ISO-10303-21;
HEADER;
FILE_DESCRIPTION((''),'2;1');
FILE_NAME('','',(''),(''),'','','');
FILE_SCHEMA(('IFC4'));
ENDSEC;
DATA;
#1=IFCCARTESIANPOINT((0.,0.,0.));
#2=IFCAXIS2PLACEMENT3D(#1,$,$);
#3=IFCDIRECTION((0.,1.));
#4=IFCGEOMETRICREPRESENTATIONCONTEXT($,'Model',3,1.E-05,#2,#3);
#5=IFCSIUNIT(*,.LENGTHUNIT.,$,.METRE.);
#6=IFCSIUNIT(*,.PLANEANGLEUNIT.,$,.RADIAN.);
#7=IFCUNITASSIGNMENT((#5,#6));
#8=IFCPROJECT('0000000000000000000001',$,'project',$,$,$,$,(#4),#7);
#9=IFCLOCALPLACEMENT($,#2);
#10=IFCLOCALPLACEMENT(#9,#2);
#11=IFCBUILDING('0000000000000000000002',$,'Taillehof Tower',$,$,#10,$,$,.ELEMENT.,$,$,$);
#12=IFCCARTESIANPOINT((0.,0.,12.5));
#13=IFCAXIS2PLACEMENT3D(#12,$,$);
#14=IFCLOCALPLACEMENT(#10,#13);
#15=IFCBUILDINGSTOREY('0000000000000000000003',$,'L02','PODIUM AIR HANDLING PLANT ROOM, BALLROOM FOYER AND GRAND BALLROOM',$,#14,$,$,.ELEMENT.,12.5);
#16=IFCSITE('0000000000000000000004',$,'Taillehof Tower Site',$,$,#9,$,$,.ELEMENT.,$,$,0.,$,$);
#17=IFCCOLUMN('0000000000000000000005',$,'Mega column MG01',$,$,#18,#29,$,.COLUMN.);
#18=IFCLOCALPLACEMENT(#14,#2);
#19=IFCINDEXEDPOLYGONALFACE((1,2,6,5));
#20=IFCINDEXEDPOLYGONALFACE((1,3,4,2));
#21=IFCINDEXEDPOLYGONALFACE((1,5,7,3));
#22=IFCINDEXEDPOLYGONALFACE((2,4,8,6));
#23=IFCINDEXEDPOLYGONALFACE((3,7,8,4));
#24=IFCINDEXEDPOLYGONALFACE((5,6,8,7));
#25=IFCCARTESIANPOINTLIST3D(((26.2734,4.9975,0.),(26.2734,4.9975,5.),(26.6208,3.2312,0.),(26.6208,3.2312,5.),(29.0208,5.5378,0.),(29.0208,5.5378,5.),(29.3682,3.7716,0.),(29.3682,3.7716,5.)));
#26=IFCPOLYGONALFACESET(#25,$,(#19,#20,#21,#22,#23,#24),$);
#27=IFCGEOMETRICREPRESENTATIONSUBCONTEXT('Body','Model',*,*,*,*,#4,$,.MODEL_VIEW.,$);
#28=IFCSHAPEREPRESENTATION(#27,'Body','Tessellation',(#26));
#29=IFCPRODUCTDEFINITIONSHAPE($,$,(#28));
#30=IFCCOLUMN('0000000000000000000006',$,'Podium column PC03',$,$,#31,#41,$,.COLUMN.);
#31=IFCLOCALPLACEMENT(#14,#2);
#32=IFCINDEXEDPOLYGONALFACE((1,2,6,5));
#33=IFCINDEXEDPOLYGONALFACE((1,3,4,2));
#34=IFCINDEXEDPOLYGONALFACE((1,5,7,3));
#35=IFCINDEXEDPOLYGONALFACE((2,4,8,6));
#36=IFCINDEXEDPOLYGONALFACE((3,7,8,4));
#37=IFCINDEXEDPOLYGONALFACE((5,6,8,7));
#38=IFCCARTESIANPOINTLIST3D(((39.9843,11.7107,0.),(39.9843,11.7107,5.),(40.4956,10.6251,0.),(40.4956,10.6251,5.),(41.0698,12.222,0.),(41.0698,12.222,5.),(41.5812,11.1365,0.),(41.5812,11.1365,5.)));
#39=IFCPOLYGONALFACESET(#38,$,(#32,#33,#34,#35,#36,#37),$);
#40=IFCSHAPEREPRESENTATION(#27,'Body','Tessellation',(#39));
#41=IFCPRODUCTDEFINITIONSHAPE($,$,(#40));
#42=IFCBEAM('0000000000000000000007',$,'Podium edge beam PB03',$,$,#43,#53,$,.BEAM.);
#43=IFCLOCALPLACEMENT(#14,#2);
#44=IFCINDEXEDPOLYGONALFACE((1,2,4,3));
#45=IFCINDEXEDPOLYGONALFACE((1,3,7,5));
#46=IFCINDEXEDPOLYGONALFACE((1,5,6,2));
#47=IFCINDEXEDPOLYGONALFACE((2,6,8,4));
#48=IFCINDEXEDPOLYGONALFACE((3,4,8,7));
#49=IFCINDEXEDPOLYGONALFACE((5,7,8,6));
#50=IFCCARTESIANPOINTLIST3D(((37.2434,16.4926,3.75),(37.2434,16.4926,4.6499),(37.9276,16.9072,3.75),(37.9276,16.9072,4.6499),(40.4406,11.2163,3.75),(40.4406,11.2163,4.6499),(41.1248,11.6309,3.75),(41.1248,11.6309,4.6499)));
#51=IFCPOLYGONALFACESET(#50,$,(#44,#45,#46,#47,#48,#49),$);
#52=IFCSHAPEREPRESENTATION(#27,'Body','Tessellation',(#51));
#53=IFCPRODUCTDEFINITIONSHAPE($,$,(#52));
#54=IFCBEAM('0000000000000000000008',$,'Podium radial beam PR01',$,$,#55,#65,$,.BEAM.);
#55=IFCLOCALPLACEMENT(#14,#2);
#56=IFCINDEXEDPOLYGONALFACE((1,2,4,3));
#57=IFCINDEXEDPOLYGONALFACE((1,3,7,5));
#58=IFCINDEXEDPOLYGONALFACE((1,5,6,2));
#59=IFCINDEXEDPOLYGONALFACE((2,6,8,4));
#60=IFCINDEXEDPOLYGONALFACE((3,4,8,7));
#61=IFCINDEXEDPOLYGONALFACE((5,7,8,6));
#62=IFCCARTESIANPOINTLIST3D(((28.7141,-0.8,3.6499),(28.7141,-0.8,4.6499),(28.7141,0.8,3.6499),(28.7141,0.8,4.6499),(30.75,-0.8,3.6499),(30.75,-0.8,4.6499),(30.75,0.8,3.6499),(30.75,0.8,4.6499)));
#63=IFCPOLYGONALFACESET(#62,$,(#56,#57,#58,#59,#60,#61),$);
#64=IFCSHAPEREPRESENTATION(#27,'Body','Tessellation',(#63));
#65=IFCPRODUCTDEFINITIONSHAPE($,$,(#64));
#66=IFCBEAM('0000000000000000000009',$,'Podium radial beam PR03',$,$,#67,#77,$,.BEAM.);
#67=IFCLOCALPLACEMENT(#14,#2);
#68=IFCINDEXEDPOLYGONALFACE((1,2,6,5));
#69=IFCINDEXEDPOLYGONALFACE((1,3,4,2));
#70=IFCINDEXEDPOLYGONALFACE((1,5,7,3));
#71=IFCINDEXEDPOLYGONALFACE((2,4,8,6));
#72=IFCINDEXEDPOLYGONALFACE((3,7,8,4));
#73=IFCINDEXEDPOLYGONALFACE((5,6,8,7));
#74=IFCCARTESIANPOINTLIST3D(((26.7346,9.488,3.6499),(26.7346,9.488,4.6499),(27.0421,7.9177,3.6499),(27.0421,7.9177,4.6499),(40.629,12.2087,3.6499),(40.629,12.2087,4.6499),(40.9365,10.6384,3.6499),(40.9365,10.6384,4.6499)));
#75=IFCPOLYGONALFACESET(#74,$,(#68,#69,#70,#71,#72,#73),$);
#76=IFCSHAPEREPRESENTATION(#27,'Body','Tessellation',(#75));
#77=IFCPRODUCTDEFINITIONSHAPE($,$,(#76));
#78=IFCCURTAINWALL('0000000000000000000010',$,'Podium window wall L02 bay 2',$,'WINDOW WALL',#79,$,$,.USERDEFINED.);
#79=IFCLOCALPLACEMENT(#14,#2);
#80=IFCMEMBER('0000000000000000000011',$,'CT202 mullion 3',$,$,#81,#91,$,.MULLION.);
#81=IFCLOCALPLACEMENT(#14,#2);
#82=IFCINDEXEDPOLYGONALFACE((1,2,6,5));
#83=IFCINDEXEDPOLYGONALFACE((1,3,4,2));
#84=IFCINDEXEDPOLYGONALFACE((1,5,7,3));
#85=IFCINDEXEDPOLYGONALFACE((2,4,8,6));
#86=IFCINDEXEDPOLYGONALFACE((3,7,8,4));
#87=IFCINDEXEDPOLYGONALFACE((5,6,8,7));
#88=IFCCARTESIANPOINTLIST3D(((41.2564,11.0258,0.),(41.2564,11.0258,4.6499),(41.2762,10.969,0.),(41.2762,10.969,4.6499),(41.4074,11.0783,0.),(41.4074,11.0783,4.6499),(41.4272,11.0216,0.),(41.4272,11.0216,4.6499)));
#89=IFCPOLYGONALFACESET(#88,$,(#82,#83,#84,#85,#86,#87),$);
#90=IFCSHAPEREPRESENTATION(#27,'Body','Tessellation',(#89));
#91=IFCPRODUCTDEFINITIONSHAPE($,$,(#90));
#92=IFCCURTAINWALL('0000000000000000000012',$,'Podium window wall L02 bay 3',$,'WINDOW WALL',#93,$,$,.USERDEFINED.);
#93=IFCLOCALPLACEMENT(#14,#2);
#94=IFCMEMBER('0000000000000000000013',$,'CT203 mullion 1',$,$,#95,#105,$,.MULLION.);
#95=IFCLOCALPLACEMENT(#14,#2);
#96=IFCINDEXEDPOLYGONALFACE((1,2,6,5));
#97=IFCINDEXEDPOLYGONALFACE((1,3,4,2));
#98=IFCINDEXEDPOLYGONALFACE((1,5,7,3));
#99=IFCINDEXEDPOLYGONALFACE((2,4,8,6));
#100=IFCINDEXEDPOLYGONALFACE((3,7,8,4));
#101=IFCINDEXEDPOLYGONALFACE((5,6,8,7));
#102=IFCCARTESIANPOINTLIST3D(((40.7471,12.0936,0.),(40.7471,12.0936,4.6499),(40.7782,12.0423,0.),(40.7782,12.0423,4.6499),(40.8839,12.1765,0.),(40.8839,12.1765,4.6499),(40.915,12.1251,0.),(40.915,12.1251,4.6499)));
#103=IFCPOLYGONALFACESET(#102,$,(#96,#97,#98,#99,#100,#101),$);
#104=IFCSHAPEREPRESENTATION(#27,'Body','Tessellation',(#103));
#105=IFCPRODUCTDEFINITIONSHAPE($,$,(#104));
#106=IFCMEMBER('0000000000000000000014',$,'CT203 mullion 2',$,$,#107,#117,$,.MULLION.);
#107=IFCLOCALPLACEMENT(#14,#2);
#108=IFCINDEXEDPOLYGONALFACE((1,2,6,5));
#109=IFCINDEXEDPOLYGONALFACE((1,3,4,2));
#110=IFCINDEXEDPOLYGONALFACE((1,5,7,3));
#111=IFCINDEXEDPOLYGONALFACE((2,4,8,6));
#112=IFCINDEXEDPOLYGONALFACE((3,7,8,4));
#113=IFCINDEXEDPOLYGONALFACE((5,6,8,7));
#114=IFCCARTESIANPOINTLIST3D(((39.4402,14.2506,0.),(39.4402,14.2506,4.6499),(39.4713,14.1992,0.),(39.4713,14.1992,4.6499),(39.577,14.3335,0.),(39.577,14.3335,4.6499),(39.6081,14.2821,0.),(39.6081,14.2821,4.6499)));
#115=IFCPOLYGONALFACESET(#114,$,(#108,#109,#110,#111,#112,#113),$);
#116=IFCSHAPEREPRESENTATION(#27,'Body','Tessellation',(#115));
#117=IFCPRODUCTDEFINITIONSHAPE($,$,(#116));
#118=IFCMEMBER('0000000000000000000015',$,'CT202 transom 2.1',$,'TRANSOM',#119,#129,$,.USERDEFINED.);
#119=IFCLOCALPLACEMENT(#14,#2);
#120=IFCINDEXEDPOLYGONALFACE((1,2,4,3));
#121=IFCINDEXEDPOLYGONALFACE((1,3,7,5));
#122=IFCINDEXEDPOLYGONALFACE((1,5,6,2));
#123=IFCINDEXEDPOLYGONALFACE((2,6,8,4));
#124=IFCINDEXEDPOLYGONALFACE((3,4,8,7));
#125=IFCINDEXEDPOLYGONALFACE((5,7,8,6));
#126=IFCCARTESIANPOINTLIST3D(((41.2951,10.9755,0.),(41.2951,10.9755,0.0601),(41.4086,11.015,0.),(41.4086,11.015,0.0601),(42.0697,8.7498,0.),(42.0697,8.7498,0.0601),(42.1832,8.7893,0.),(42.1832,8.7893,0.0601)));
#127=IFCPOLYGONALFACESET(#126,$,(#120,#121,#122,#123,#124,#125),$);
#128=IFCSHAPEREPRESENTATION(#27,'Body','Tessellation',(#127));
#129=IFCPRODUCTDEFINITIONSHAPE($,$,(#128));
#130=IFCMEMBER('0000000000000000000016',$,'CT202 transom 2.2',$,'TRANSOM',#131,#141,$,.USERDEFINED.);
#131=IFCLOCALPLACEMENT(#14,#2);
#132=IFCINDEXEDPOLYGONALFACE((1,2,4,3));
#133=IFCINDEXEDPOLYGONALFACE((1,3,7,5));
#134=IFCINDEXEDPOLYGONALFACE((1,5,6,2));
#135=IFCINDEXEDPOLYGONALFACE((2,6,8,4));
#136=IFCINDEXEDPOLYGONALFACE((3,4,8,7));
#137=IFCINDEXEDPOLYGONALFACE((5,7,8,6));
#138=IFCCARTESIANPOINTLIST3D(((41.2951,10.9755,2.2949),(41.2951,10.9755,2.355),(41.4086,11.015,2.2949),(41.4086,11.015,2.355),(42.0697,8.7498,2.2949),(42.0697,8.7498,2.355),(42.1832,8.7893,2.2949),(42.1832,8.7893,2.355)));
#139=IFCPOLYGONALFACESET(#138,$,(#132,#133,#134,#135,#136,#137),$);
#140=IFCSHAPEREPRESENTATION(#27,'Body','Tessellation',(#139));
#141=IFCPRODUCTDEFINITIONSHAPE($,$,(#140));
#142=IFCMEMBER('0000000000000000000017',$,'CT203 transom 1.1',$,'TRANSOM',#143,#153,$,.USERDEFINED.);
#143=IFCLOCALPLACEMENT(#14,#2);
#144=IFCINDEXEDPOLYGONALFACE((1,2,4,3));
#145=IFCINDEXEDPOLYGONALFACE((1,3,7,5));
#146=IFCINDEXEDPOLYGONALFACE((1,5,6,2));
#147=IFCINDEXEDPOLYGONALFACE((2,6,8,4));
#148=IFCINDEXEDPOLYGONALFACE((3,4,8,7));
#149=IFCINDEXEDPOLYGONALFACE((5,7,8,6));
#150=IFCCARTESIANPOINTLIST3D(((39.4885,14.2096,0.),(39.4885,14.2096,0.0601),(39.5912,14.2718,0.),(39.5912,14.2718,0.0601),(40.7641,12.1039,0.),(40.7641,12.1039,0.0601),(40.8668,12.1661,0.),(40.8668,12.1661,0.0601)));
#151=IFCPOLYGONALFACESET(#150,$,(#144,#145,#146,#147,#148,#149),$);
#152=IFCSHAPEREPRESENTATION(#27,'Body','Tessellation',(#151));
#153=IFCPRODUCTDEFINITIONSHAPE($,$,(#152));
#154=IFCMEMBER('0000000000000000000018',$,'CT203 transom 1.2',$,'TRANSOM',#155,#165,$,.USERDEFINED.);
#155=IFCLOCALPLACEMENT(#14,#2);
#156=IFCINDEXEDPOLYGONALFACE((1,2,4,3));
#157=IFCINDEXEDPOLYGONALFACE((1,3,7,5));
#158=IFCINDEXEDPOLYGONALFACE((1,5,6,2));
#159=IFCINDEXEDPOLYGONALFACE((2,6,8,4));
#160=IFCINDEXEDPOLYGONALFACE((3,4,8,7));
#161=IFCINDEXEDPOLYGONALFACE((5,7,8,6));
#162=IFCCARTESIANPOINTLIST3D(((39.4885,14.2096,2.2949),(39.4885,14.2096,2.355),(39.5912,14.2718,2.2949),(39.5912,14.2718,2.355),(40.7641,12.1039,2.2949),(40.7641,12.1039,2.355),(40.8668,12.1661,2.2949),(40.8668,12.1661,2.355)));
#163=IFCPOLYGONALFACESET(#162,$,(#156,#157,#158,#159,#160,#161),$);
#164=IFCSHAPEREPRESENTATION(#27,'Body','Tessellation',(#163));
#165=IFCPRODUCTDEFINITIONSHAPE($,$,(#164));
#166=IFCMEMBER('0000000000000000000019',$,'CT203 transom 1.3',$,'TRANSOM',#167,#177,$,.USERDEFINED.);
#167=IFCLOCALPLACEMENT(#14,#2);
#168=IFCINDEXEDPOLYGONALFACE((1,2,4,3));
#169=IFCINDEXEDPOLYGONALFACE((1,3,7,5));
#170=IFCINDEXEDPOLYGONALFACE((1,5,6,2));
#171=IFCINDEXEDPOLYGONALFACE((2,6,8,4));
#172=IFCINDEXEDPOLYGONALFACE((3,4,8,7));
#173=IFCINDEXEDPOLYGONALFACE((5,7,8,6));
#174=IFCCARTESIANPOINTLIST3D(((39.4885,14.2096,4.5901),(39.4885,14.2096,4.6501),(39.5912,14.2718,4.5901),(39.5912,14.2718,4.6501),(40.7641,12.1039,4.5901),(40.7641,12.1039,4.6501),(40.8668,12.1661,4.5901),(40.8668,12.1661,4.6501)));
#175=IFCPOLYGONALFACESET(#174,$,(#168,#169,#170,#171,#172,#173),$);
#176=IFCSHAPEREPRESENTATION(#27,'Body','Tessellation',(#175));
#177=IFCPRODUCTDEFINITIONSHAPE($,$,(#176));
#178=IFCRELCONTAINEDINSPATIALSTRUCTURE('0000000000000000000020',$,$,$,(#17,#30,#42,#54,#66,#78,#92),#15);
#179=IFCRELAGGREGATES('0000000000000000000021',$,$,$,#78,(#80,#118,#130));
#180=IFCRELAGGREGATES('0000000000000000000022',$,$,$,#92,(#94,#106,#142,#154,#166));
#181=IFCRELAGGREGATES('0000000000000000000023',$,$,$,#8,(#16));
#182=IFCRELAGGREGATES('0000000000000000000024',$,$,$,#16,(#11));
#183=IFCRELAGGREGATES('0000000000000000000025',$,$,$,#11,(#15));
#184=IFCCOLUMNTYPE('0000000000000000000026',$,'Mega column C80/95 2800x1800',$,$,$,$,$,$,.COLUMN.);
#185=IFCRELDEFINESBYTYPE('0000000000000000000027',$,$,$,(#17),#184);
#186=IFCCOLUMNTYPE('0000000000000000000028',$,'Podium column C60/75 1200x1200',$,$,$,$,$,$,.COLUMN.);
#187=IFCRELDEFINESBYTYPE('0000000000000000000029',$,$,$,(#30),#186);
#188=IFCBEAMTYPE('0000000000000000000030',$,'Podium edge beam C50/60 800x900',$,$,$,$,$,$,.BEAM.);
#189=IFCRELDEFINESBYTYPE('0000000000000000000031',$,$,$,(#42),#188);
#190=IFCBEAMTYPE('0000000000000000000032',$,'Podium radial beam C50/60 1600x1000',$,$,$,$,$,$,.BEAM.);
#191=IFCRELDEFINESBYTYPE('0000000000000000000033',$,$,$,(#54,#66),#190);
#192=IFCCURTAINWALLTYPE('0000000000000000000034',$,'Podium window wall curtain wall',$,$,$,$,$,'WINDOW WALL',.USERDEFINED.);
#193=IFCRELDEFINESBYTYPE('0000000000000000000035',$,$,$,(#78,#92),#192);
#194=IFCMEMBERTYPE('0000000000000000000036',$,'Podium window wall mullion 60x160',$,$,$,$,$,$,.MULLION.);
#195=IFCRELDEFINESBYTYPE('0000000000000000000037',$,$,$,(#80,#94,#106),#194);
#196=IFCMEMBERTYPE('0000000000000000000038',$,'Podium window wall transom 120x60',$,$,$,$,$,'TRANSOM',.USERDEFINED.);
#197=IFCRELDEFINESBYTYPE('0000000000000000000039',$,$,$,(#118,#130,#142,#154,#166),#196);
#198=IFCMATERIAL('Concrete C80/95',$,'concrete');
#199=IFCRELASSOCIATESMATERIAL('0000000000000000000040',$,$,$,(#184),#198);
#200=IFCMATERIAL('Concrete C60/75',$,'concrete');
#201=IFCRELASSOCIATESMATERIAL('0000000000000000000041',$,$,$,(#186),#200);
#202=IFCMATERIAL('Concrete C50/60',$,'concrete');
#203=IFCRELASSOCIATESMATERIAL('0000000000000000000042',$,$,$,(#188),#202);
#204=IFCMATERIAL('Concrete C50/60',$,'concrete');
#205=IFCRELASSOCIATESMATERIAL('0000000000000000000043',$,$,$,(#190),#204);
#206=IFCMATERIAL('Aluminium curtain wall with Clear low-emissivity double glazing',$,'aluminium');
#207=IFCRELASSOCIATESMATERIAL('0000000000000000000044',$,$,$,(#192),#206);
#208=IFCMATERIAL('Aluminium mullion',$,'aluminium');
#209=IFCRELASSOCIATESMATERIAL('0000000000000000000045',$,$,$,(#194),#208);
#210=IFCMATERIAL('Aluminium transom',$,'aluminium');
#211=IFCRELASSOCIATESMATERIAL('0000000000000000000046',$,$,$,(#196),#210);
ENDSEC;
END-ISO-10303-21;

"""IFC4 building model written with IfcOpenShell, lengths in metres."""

from ifc_helpers import new_model, si_unit, direction, frame, origin, origin_2d, place, context, subcontext, project, spatial, rectangle, extrude, material, material_profile, profile_set, type_object, element, aggregate, save


model = new_model("IFC4")

# Units and contexts
model_context = context("Model", 3, precision=1e-05, world=origin(), true_north=direction((0.0, 1.0)))
body_context = subcontext(model_context, "Body", "Model", "MODEL_VIEW")
ifc_project = project(units=[si_unit("LENGTHUNIT", "METRE"), si_unit("PLANEANGLEUNIT", "RADIAN")], contexts=[model_context])

# Site, building, storey
site_placement = place(None, origin())
site = spatial("IfcSite", under=ifc_project, at=site_placement, Name="Taillehof Tower Site", CompositionType="ELEMENT", RefElevation=0.0)
building_placement = place(site_placement, origin())
building = spatial("IfcBuilding", under=site, at=building_placement, Name="Taillehof Tower", CompositionType="ELEMENT")
storey_placement = place(building_placement, frame((0.0, 0.0, 12.5)))
storey = spatial("IfcBuildingStorey", under=building, at=storey_placement, Name="L02", Description="PODIUM AIR HANDLING PLANT ROOM, BALLROOM FOYER AND GRAND BALLROOM", CompositionType="ELEMENT", Elevation=12.5)

# Columns
ifc_material_1 = material(Name="Concrete C80/95", Category="concrete")
ifc_material_profile_1 = material_profile(ifc_material_1, rectangle(XDim=2.8, YDim=1.8, at=origin_2d()), Name="RC 2800x1800")
ifc_profile_set_1 = profile_set([ifc_material_profile_1], Name="Concrete C80/95")
column_type_1 = type_object("IfcColumnType", Name="Mega column C80/95 2800x1800", PredefinedType="COLUMN", material=ifc_profile_set_1)
column_1_placement = place(storey_placement, frame((27.8208, 4.3845, 0.0), z_axis=(0.0, 0.0, 1.0), x_axis=(0.981204, 0.192976, 0.0)))
element("IfcColumn", 1, at=column_1_placement, inside=storey, type_object=column_type_1, Name="Mega column MG01", PredefinedType="COLUMN", context=body_context, shape_type="SweptSolid", body=[
    extrude(rectangle(XDim=2.8, YDim=1.8, at=origin_2d()), origin(), (0.0, 0.0, 1.0), 5.0),
])
ifc_material_2 = material(Name="Concrete C60/75", Category="concrete")
ifc_material_profile_2 = material_profile(ifc_material_2, rectangle(XDim=1.2, YDim=1.2, at=origin_2d()), Name="RC 1200x1200")
ifc_profile_set_2 = profile_set([ifc_material_profile_2], Name="Concrete C60/75")
column_type_2 = type_object("IfcColumnType", Name="Podium column C60/75 1200x1200", PredefinedType="COLUMN", material=ifc_profile_set_2)
column_2_placement = place(storey_placement, frame((40.7827, 11.4236, 0.0), z_axis=(0.0, 0.0, 1.0), x_axis=(0.904668, 0.426117, 0.0)))
element("IfcColumn", 2, at=column_2_placement, inside=storey, type_object=column_type_2, Name="Podium column PC03", PredefinedType="COLUMN", context=body_context, shape_type="SweptSolid", body=[
    extrude(rectangle(XDim=1.2, YDim=1.2, at=origin_2d()), origin(), (0.0, 0.0, 1.0), 5.0),
])

# Beams
ifc_material_3 = material(Name="Concrete C50/60", Category="concrete")
ifc_material_profile_3 = material_profile(ifc_material_3, rectangle(XDim=0.8, YDim=0.8999, at=origin_2d()), Name="RC 800x900")
ifc_profile_set_3 = profile_set([ifc_material_profile_3], Name="Concrete C50/60")
beam_type_1 = type_object("IfcBeamType", Name="Podium edge beam C50/60 800x900", PredefinedType="BEAM", material=ifc_profile_set_3)
beam_1_placement = place(storey_placement, frame((40.7827, 11.4236, 4.2), z_axis=(-0.518239, 0.855236, 0.0), x_axis=(-0.855236, -0.518239, 0.0)))
element("IfcBeam", 3, at=beam_1_placement, inside=storey, type_object=beam_type_1, Name="Podium edge beam PB03", PredefinedType="BEAM", context=body_context, shape_type="SweptSolid", body=[
    extrude(rectangle(XDim=0.8, YDim=0.8999, at=origin_2d()), origin(), (0.0, 0.0, 1.0), 6.1694),
])
ifc_material_4 = material(Name="Concrete C50/60", Category="concrete")
ifc_material_profile_4 = material_profile(ifc_material_4, rectangle(XDim=1.6001, YDim=1.0, at=origin_2d()), Name="RC 1600x1000")
ifc_profile_set_4 = profile_set([ifc_material_profile_4], Name="Concrete C50/60")
beam_type_2 = type_object("IfcBeamType", Name="Podium radial beam C50/60 1600x1000", PredefinedType="BEAM", material=ifc_profile_set_4)
beam_2_placement = place(storey_placement, frame((30.75, 0.0, 4.1499), z_axis=(-1.0, 0.0, 0.0), x_axis=(0.0, -1.0, 0.0)))
element("IfcBeam", 4, at=beam_2_placement, inside=storey, type_object=beam_type_2, Name="Podium radial beam PR01", PredefinedType="BEAM", context=body_context, shape_type="SweptSolid", body=[
    extrude(rectangle(XDim=1.6001, YDim=1.0, at=origin_2d()), origin(), (0.0, 0.0, 1.0), 2.0359),
])
beam_3_placement = place(storey_placement, frame((40.7827, 11.4236, 4.1499), z_axis=(-0.981363, -0.192165, 0.0), x_axis=(0.192165, -0.981363, 0.0)))
element("IfcBeam", 5, at=beam_3_placement, inside=storey, type_object=beam_type_2, Name="Podium radial beam PR03", PredefinedType="BEAM", context=body_context, shape_type="SweptSolid", body=[
    extrude(rectangle(XDim=1.6001, YDim=1.0, at=origin_2d()), origin(), (0.0, 0.0, 1.0), 14.1582),
])

# Curtain wall, member
ifc_material_5 = material(Name="Aluminium curtain wall with Clear low-emissivity double glazing", Category="aluminium")
curtain_wall_type = type_object("IfcCurtainWallType", Name="Podium window wall curtain wall", ElementType="WINDOW WALL", PredefinedType="USERDEFINED", material=ifc_material_5)
curtain_wall_1_placement = place(storey_placement, origin())
curtain_wall_1 = element("IfcCurtainWall", 6, at=curtain_wall_1_placement, inside=storey, type_object=curtain_wall_type, Name="Podium window wall L02 bay 2", ObjectType="WINDOW WALL", PredefinedType="USERDEFINED")
ifc_material_6 = material(Name="Aluminium mullion", Category="aluminium")
ifc_material_profile_5 = material_profile(ifc_material_6, rectangle(XDim=0.1599, YDim=0.0601, at=origin_2d()), Name="AL 60x160")
ifc_profile_set_5 = profile_set([ifc_material_profile_5], Name="Aluminium mullion")
member_type_1 = type_object("IfcMemberType", Name="Podium window wall mullion 60x160", PredefinedType="MULLION", material=ifc_profile_set_5)
member_1_placement = place(storey_placement, frame((41.3418, 11.0237, 0.0), z_axis=(0.0, 0.0, 1.0), x_axis=(-0.944414, -0.328758, 0.0)))
member_1 = element("IfcMember", 7, at=member_1_placement, type_object=member_type_1, Name="CT202 mullion 3", PredefinedType="MULLION", context=body_context, shape_type="SweptSolid", body=[
    extrude(rectangle(XDim=0.1599, YDim=0.0601, at=origin_2d()), origin(), (0.0, 0.0, 1.0), 4.6499),
])

# Curtain wall, members
curtain_wall_2_placement = place(storey_placement, origin())
curtain_wall_2 = element("IfcCurtainWall", 8, at=curtain_wall_2_placement, inside=storey, type_object=curtain_wall_type, Name="Podium window wall L02 bay 3", ObjectType="WINDOW WALL", PredefinedType="USERDEFINED")
member_2_placement = place(storey_placement, frame((40.8311, 12.1094, 0.0), z_axis=(0.0, 0.0, 1.0), x_axis=(-0.855289, -0.518151, 0.0)))
member_2 = element("IfcMember", 9, at=member_2_placement, type_object=member_type_1, Name="CT203 mullion 1", PredefinedType="MULLION", context=body_context, shape_type="SweptSolid", body=[
    extrude(rectangle(XDim=0.1599, YDim=0.0601, at=origin_2d()), origin(), (0.0, 0.0, 1.0), 4.6499),
])
member_3_placement = place(storey_placement, frame((39.5242, 14.2664, 0.0), z_axis=(0.0, 0.0, 1.0), x_axis=(-0.855289, -0.518151, 0.0)))
member_3 = element("IfcMember", 10, at=member_3_placement, type_object=member_type_1, Name="CT203 mullion 2", PredefinedType="MULLION", context=body_context, shape_type="SweptSolid", body=[
    extrude(rectangle(XDim=0.1599, YDim=0.0601, at=origin_2d()), origin(), (0.0, 0.0, 1.0), 4.6499),
])

# Members
ifc_material_7 = material(Name="Aluminium transom", Category="aluminium")
ifc_material_profile_6 = material_profile(ifc_material_7, rectangle(XDim=0.1201, YDim=0.0601, at=origin_2d()), Name="AL 120x60")
ifc_profile_set_6 = profile_set([ifc_material_profile_6], Name="Aluminium transom")
member_type_2 = type_object("IfcMemberType", Name="Podium window wall transom 120x60", ElementType="TRANSOM", PredefinedType="USERDEFINED", material=ifc_profile_set_6)
member_4_placement = place(storey_placement, frame((42.1265, 8.7695, 0.03), z_axis=(-0.328693, 0.944437, 0.0), x_axis=(-0.944437, -0.328693, 0.0)))
member_4 = element("IfcMember", 11, at=member_4_placement, type_object=member_type_2, Name="CT202 transom 2.1", ObjectType="TRANSOM", PredefinedType="USERDEFINED", context=body_context, shape_type="SweptSolid", body=[
    extrude(rectangle(XDim=0.1201, YDim=0.0601, at=origin_2d()), origin(), (0.0, 0.0, 1.0), 2.3567),
])
member_5_placement = place(storey_placement, frame((42.1265, 8.7695, 2.325), z_axis=(-0.328693, 0.944437, 0.0), x_axis=(-0.944437, -0.328693, 0.0)))
member_5 = element("IfcMember", 12, at=member_5_placement, type_object=member_type_2, Name="CT202 transom 2.2", ObjectType="TRANSOM", PredefinedType="USERDEFINED", context=body_context, shape_type="SweptSolid", body=[
    extrude(rectangle(XDim=0.1201, YDim=0.0601, at=origin_2d()), origin(), (0.0, 0.0, 1.0), 2.3567),
])
member_6_placement = place(storey_placement, frame((40.8154, 12.135, 0.03), z_axis=(-0.518137, 0.855298, 0.0), x_axis=(-0.855298, -0.518137, 0.0)))
member_6 = element("IfcMember", 13, at=member_6_placement, type_object=member_type_2, Name="CT203 transom 1.1", ObjectType="TRANSOM", PredefinedType="USERDEFINED", context=body_context, shape_type="SweptSolid", body=[
    extrude(rectangle(XDim=0.1201, YDim=0.0601, at=origin_2d()), origin(), (0.0, 0.0, 1.0), 2.4619),
])
member_7_placement = place(storey_placement, frame((40.8154, 12.135, 2.325), z_axis=(-0.518137, 0.855298, 0.0), x_axis=(-0.855298, -0.518137, 0.0)))
member_7 = element("IfcMember", 14, at=member_7_placement, type_object=member_type_2, Name="CT203 transom 1.2", ObjectType="TRANSOM", PredefinedType="USERDEFINED", context=body_context, shape_type="SweptSolid", body=[
    extrude(rectangle(XDim=0.1201, YDim=0.0601, at=origin_2d()), origin(), (0.0, 0.0, 1.0), 2.4619),
])
member_8_placement = place(storey_placement, frame((40.8154, 12.135, 4.6201), z_axis=(-0.518137, 0.855298, 0.0), x_axis=(-0.855298, -0.518137, 0.0)))
member_8 = element("IfcMember", 15, at=member_8_placement, type_object=member_type_2, Name="CT203 transom 1.3", ObjectType="TRANSOM", PredefinedType="USERDEFINED", context=body_context, shape_type="SweptSolid", body=[
    extrude(rectangle(XDim=0.1201, YDim=0.0601, at=origin_2d()), origin(), (0.0, 0.0, 1.0), 2.4619),
])

aggregate(curtain_wall_1, [member_1, member_4, member_5])
aggregate(curtain_wall_2, [member_2, member_3, member_6, member_7, member_8])

save(model, "model.ifc")
